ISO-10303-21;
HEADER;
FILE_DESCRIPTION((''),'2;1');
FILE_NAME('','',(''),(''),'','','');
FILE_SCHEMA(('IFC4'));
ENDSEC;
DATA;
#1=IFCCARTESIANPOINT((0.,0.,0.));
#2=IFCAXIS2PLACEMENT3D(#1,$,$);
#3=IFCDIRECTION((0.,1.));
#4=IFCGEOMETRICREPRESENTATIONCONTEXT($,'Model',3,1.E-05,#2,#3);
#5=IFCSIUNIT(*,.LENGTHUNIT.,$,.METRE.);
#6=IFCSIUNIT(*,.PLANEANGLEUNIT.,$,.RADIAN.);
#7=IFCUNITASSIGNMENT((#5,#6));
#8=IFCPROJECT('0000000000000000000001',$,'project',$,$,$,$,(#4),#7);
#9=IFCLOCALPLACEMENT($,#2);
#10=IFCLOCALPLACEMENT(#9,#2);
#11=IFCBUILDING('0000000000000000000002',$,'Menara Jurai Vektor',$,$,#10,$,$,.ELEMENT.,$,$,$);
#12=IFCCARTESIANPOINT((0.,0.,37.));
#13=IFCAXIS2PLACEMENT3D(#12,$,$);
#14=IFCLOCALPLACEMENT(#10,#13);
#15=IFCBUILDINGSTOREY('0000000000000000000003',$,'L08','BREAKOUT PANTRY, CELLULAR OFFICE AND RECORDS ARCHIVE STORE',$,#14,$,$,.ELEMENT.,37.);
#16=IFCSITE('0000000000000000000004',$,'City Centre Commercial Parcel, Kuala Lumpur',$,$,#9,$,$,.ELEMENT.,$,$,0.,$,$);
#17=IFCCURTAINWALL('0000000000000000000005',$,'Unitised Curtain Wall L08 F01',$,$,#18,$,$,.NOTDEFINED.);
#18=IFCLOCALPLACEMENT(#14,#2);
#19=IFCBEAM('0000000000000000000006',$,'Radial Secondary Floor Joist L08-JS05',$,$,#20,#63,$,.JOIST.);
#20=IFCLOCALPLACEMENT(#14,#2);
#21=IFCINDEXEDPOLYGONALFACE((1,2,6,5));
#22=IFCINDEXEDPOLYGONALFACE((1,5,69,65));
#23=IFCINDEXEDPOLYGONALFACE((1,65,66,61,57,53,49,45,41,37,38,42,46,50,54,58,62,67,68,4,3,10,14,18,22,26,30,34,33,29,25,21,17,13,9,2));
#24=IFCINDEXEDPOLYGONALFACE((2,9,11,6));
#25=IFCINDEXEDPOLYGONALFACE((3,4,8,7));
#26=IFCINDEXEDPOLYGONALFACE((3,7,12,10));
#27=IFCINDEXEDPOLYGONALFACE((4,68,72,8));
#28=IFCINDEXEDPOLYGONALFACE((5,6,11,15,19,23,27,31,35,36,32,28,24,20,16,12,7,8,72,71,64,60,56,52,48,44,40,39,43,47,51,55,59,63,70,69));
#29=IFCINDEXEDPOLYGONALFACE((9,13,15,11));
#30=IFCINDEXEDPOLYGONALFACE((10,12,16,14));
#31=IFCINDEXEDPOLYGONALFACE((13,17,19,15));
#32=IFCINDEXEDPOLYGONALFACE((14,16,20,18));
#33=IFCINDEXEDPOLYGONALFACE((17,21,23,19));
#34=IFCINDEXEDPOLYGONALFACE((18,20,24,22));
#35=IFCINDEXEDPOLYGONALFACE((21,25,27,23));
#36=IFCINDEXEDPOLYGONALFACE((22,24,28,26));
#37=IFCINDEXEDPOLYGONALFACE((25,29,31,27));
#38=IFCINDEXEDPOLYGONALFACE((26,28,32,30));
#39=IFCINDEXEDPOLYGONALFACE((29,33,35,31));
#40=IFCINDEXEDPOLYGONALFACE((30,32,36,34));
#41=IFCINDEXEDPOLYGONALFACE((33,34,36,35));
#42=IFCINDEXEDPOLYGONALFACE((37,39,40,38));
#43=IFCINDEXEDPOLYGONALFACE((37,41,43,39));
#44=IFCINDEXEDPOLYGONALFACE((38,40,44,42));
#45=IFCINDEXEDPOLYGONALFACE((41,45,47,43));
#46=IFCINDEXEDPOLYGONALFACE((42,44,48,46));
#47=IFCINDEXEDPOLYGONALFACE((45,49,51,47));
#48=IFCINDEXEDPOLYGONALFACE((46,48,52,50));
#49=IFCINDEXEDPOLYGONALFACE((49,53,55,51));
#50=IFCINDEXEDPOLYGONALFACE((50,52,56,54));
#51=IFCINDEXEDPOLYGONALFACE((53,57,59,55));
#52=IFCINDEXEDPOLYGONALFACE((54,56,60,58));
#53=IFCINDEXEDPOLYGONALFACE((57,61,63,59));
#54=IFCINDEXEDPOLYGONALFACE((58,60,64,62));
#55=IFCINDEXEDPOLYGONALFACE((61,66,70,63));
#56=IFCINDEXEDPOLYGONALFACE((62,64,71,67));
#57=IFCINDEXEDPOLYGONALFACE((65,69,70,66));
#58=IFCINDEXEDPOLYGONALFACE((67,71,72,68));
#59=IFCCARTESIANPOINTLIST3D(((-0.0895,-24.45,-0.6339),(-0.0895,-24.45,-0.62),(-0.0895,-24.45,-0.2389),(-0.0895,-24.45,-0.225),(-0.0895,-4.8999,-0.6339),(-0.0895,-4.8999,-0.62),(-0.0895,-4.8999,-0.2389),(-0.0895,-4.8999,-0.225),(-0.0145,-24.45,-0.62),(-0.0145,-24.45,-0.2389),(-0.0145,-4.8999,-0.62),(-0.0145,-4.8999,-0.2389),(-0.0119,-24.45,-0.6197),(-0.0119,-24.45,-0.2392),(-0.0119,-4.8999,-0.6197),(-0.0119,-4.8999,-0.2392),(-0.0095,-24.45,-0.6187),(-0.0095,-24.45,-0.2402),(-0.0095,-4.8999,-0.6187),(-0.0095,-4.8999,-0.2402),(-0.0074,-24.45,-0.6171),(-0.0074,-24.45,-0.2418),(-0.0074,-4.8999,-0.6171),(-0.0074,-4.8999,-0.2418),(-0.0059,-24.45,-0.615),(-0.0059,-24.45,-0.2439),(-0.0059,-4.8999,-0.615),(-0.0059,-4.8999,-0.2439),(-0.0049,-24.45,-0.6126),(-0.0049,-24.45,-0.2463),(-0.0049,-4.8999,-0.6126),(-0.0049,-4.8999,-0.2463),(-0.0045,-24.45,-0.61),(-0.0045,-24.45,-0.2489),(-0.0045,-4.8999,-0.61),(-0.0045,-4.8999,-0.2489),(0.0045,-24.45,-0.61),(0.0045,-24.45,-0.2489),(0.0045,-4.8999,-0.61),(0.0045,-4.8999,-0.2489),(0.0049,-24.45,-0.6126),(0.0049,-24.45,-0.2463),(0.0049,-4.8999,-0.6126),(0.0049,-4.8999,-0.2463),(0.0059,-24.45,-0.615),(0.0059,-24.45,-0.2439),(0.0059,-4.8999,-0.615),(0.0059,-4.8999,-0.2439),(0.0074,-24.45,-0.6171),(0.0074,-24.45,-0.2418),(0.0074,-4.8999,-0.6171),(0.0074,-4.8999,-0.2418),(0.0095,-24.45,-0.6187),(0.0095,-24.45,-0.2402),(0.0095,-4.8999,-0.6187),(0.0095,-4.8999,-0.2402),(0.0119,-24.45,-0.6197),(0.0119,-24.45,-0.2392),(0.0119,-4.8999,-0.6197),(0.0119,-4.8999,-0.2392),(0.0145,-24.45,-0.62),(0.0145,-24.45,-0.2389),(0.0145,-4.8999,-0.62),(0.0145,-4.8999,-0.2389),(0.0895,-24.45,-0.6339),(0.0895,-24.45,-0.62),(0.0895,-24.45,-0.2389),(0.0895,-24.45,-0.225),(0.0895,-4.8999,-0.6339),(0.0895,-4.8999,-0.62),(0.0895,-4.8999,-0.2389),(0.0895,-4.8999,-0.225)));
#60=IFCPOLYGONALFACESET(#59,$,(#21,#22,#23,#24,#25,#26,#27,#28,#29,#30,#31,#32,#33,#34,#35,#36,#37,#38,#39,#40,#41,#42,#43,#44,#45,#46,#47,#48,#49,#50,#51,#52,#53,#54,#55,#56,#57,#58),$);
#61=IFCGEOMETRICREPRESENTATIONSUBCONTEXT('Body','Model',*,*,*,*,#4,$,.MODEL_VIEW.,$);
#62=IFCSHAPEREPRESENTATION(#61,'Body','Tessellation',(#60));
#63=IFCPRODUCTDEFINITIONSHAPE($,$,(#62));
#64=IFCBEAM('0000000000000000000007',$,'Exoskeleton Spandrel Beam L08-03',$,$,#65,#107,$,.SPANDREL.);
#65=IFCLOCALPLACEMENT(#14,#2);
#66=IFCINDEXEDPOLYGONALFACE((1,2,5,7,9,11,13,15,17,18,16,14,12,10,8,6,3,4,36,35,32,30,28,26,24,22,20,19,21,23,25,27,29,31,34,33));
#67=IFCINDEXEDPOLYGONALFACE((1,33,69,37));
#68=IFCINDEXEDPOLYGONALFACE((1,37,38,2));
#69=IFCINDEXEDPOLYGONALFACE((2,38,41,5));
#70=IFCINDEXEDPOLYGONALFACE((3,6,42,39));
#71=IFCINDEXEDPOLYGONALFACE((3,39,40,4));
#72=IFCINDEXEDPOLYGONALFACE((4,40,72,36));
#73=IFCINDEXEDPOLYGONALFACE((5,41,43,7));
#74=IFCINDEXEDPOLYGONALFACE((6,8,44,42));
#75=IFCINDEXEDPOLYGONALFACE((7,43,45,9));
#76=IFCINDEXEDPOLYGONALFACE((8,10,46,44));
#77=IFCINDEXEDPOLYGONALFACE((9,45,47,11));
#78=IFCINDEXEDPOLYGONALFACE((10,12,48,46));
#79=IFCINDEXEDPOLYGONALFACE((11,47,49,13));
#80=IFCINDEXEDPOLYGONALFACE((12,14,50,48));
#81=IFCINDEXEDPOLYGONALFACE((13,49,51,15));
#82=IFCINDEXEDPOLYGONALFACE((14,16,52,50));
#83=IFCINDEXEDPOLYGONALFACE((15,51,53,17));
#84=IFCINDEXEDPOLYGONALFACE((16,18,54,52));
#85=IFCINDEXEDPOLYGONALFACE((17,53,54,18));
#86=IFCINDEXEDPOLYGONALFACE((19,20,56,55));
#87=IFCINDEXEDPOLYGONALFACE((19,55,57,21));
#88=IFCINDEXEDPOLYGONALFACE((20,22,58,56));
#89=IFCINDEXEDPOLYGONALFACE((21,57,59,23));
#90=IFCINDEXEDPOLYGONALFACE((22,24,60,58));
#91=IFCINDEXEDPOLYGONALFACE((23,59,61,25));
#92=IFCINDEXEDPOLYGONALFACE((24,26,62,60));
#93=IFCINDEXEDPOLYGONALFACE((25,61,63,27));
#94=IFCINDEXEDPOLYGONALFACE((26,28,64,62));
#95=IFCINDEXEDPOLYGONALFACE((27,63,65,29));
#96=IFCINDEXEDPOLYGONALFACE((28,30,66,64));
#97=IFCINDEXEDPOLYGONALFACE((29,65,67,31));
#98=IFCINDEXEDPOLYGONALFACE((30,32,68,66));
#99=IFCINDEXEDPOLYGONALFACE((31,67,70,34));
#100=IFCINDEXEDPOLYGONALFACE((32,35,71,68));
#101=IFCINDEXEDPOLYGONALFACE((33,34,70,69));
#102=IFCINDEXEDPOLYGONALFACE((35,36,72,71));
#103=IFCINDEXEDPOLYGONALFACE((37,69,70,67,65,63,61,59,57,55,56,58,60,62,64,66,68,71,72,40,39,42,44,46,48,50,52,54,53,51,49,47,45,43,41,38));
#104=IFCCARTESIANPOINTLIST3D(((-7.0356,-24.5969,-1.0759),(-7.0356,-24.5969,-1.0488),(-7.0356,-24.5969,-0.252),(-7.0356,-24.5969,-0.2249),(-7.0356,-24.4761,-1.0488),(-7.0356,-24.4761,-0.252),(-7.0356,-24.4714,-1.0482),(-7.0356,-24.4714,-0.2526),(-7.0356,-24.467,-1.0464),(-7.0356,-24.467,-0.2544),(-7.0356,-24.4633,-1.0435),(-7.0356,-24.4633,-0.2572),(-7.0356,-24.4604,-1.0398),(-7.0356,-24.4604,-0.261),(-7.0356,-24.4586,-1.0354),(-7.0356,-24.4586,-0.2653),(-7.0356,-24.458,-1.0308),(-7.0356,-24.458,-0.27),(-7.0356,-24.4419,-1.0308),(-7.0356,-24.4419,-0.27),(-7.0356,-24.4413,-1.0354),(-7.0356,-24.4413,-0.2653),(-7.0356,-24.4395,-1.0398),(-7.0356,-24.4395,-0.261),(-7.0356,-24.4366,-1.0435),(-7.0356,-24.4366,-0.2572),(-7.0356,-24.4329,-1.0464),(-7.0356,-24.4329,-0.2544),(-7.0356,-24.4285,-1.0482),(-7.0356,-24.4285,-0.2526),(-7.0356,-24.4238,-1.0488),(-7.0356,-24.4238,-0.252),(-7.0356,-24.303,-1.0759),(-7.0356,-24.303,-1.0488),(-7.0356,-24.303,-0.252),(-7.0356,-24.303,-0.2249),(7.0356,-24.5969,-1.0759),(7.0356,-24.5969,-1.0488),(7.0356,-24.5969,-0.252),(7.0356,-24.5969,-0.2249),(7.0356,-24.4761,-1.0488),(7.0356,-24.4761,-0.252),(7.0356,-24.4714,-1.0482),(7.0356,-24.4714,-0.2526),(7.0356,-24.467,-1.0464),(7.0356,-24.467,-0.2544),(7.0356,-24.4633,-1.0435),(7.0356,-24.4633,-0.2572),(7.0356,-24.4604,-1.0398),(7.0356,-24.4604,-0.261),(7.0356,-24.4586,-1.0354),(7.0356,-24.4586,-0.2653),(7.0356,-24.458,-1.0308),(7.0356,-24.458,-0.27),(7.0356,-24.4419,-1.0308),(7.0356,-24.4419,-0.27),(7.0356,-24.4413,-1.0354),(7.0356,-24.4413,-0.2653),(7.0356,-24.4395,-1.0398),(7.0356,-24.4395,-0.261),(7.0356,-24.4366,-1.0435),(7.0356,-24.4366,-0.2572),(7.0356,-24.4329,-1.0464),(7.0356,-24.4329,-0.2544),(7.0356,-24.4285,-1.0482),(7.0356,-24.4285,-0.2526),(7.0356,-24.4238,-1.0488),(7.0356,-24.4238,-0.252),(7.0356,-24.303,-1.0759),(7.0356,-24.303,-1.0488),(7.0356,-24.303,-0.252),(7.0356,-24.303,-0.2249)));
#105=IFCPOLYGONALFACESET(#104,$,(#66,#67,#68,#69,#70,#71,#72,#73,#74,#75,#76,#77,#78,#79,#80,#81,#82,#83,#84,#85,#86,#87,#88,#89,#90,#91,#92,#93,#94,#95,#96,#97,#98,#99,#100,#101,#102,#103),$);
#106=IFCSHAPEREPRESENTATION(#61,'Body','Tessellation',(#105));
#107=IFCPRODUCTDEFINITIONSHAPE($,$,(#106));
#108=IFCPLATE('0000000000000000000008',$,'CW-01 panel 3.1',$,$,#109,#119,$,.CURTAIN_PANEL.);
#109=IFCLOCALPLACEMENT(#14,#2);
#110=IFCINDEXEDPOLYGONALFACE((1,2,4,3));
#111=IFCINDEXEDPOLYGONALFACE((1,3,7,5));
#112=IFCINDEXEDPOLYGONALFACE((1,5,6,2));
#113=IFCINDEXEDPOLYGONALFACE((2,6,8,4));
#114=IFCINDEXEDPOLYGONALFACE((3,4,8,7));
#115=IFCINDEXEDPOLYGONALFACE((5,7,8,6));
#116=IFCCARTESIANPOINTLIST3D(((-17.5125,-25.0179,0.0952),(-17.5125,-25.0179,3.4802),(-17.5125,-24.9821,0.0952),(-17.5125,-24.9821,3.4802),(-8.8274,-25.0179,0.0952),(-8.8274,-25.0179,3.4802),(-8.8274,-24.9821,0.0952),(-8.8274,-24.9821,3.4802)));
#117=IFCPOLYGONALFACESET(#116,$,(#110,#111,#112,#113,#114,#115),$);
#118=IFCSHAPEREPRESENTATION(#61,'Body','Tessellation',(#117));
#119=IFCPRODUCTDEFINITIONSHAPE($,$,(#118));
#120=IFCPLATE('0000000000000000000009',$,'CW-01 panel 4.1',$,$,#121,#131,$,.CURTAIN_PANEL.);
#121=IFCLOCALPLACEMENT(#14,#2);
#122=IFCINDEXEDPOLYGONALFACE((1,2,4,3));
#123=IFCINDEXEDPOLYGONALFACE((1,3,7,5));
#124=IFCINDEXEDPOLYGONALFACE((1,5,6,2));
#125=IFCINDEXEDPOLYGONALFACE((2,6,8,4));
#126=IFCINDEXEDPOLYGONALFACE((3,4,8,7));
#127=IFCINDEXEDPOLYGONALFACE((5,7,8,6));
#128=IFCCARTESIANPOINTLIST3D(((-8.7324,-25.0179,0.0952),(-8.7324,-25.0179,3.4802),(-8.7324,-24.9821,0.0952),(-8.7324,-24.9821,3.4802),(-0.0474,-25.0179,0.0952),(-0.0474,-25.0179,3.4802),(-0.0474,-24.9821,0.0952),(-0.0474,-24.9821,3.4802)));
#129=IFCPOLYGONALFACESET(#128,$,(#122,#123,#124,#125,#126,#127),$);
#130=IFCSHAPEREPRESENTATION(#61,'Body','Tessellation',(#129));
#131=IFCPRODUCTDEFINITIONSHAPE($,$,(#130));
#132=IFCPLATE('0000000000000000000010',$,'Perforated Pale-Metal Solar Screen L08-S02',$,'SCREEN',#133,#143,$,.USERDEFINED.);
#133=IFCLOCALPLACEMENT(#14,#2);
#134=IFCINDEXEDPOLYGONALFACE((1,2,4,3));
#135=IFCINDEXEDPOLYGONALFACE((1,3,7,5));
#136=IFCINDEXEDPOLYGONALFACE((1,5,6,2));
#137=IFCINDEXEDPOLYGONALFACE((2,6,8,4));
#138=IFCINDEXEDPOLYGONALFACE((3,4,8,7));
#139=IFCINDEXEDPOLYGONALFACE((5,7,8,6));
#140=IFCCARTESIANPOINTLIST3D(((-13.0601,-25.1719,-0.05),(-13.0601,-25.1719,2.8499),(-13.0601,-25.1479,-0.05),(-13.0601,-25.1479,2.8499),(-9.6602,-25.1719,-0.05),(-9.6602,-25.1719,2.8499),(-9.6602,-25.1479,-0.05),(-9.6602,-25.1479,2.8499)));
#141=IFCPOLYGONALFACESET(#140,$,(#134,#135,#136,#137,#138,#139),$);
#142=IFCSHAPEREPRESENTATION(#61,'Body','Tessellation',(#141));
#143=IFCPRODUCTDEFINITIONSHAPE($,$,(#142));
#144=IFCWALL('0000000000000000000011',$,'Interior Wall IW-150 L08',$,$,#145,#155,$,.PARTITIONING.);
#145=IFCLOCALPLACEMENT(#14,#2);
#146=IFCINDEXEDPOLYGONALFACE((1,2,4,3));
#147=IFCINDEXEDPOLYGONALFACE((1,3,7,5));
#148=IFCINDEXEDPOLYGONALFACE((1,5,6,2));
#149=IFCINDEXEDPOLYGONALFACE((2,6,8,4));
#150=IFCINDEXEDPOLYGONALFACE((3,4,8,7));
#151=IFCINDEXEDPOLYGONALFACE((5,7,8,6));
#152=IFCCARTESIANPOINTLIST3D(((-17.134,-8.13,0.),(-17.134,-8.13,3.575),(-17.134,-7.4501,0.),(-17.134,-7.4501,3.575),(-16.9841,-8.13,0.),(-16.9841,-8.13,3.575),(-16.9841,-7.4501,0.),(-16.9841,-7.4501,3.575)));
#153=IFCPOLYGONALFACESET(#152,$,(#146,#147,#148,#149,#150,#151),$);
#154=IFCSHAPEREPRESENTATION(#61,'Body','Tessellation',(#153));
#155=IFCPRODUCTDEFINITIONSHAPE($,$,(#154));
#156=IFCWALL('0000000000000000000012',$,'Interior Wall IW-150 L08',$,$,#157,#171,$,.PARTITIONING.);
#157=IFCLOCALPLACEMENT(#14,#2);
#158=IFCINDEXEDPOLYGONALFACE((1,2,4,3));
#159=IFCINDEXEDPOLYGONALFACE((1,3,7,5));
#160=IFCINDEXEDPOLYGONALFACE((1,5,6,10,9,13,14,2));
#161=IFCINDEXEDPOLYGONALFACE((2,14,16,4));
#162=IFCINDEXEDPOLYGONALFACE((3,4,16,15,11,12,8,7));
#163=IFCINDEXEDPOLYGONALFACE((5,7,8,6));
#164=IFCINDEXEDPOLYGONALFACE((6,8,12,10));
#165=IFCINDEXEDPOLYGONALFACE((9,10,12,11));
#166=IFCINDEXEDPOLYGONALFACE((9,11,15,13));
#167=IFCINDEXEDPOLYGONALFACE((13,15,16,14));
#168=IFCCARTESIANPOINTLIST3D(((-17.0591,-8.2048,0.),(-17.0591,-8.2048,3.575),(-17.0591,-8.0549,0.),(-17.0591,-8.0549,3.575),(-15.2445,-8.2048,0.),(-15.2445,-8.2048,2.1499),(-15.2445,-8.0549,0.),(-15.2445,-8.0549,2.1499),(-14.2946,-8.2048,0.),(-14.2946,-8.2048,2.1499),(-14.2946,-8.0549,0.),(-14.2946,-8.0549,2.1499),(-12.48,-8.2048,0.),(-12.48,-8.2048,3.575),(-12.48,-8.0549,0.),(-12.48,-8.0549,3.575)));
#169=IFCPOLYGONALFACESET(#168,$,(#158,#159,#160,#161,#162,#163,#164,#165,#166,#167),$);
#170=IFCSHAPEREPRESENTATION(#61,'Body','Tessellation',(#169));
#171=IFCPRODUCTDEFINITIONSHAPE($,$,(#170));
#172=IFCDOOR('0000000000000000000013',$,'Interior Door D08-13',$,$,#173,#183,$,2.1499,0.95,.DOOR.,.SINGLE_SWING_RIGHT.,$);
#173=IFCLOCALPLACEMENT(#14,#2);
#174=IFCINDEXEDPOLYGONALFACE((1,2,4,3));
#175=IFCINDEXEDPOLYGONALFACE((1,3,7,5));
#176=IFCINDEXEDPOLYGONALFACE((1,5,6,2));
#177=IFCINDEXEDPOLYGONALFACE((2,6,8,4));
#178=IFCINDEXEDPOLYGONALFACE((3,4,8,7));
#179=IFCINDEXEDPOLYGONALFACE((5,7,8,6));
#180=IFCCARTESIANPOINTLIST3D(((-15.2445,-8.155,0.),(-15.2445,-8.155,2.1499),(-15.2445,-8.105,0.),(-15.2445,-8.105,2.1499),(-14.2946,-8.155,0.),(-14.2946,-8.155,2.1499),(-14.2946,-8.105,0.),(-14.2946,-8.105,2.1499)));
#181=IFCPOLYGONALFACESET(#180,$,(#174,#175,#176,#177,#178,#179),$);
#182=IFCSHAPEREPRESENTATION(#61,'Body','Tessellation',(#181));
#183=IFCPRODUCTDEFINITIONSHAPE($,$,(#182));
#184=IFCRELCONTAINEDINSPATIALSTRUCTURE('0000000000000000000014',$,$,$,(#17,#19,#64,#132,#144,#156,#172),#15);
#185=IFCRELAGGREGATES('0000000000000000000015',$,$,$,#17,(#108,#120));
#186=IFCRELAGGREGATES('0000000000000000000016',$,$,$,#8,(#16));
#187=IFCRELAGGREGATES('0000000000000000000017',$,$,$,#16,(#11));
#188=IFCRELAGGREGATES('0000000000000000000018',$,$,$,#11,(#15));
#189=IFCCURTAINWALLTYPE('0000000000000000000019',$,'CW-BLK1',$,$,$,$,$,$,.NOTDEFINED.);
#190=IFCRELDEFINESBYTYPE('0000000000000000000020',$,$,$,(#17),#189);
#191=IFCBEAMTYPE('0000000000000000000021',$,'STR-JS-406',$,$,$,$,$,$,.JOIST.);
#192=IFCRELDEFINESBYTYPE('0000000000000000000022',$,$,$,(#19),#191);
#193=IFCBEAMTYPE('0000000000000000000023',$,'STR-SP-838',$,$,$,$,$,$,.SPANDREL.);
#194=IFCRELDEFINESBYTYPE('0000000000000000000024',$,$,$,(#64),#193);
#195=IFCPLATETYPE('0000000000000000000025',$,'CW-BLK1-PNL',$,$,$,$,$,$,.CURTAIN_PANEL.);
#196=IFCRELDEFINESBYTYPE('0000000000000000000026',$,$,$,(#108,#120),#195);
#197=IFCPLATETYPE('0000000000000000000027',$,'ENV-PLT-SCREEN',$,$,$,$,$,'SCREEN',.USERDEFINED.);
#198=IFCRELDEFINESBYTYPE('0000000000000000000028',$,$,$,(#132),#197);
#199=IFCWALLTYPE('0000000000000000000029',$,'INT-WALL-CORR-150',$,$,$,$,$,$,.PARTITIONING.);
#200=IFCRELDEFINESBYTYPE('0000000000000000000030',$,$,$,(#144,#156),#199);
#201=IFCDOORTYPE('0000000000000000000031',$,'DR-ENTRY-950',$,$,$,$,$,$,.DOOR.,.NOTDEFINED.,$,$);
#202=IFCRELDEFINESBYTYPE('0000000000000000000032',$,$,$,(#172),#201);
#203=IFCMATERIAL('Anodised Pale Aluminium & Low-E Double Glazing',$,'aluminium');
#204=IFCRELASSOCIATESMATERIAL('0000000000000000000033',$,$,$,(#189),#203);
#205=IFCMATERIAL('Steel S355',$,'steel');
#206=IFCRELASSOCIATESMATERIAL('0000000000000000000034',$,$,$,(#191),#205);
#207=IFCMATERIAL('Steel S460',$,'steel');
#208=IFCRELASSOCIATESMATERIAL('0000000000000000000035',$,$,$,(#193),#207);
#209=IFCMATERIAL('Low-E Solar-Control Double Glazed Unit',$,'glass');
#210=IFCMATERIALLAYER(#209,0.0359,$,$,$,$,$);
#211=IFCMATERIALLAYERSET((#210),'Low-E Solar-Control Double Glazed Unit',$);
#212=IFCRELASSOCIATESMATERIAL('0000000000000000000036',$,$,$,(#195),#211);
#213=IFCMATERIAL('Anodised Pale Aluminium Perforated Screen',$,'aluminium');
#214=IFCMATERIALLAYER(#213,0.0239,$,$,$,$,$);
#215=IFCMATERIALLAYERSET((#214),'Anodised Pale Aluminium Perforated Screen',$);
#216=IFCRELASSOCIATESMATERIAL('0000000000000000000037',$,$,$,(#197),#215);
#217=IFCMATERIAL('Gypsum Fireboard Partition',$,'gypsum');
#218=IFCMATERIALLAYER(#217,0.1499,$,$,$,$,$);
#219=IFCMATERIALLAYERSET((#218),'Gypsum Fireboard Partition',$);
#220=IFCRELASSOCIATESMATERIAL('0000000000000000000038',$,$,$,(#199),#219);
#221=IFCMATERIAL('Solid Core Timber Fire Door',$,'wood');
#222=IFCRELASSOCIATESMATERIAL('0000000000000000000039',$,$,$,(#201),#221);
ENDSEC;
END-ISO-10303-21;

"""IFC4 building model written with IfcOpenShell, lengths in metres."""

from ifc_helpers import new_model, si_unit, direction, frame, frame_2d, origin, origin_2d, place, context, subcontext, project, spatial, rectangle, i_section, extrude, material, layer, layer_set, material_profile, profile_set, type_object, element, fill, aggregate, save


model = new_model("IFC4")

# Units and contexts
model_context = context("Model", 3, precision=1e-05, world=origin(), true_north=direction((0.0, 1.0)))
body_context = subcontext(model_context, "Body", "Model", "MODEL_VIEW")
ifc_project = project(units=[si_unit("LENGTHUNIT", "METRE"), si_unit("PLANEANGLEUNIT", "RADIAN")], contexts=[model_context])

# Site, building, storey
site_placement = place(None, origin())
site = spatial("IfcSite", under=ifc_project, at=site_placement, Name="City Centre Commercial Parcel, Kuala Lumpur", CompositionType="ELEMENT", RefElevation=0.0)
building_placement = place(site_placement, origin())
building = spatial("IfcBuilding", under=site, at=building_placement, Name="Menara Jurai Vektor", CompositionType="ELEMENT")
storey_placement = place(building_placement, frame((0.0, 0.0, 37.0)))
storey = spatial("IfcBuildingStorey", under=building, at=storey_placement, Name="L08", Description="BREAKOUT PANTRY, CELLULAR OFFICE AND RECORDS ARCHIVE STORE", CompositionType="ELEMENT", Elevation=37.0)

# Shared definitions
ifc_material_1 = material(Name="Steel S460", Category="steel")

# Curtain wall
ifc_material_2 = material(Name="Anodised Pale Aluminium & Low-E Double Glazing", Category="aluminium")
curtain_wall_type = type_object("IfcCurtainWallType", Name="CW-BLK1", PredefinedType="NOTDEFINED", material=ifc_material_2)
curtain_wall_placement = place(storey_placement, origin())
curtain_wall = element("IfcCurtainWall", 1, at=curtain_wall_placement, inside=storey, type_object=curtain_wall_type, Name="Unitised Curtain Wall L08 F01", PredefinedType="NOTDEFINED")

# Beams
ifc_material_3 = material(Name="Steel S355", Category="steel")
ifc_material_profile_1 = material_profile(ifc_material_3, i_section(OverallWidth=0.179, OverallDepth=0.4089, WebThickness=0.009, FlangeThickness=0.0139, FilletRadius=0.01, at=origin_2d()), Name="UKB 406x178x67")
ifc_profile_set_1 = profile_set([ifc_material_profile_1], Name="Steel S355")
beam_type_1 = type_object("IfcBeamType", Name="STR-JS-406", PredefinedType="JOIST", material=ifc_profile_set_1)
beam_1_placement = place(storey_placement, frame((0.0, -24.45, -0.4294), z_axis=(0.0, 1.0, 0.0), x_axis=(-1.0, 0.0, 0.0)))
element("IfcBeam", 2, at=beam_1_placement, inside=storey, type_object=beam_type_1, Name="Radial Secondary Floor Joist L08-JS05", PredefinedType="JOIST", context=body_context, shape_type="SweptSolid", body=[
    extrude(i_section(OverallWidth=0.179, OverallDepth=0.4089, WebThickness=0.009, FlangeThickness=0.0139, FilletRadius=0.01, at=origin_2d()), origin(), (0.0, 0.0, 1.0), 19.55),
])
ifc_material_profile_2 = material_profile(ifc_material_1, i_section(OverallWidth=0.2939, OverallDepth=0.8511, WebThickness=0.0161, FlangeThickness=0.0271, FilletRadius=0.0181, at=origin_2d()), Name="UKB 838x292x226")
ifc_profile_set_2 = profile_set([ifc_material_profile_2], Name="Steel S460")
beam_type_2 = type_object("IfcBeamType", Name="STR-SP-838", PredefinedType="SPANDREL", material=ifc_profile_set_2)
beam_2_placement = place(storey_placement, frame((-7.0356, -24.45, -0.6504), z_axis=(1.0, 0.0, 0.0), x_axis=(0.0, 1.0, 0.0)))
element("IfcBeam", 3, at=beam_2_placement, inside=storey, type_object=beam_type_2, Name="Exoskeleton Spandrel Beam L08-03", PredefinedType="SPANDREL", context=body_context, shape_type="SweptSolid", body=[
    extrude(i_section(OverallWidth=0.2939, OverallDepth=0.8511, WebThickness=0.0161, FlangeThickness=0.0271, FilletRadius=0.0181, at=origin_2d()), origin(), (0.0, 0.0, 1.0), 14.0713),
])

# Plates
ifc_material_4 = material(Name="Low-E Solar-Control Double Glazed Unit", Category="glass")
ifc_layer_1 = layer(ifc_material_4, 0.0359)
ifc_layer_set_1 = layer_set([ifc_layer_1], Name="Low-E Solar-Control Double Glazed Unit")
plate_type_1 = type_object("IfcPlateType", Name="CW-BLK1-PNL", PredefinedType="CURTAIN_PANEL", material=ifc_layer_set_1)
plate_1_placement = place(storey_placement, frame((-13.1699, -25.0, 0.0952), z_axis=(0.0, 0.0, 1.0), x_axis=(1.0, 0.0, 0.0)))
plate_1 = element("IfcPlate", 4, at=plate_1_placement, type_object=plate_type_1, Name="CW-01 panel 3.1", PredefinedType="CURTAIN_PANEL", context=body_context, shape_type="SweptSolid", body=[
    extrude(rectangle(XDim=8.6851, YDim=0.0359, at=origin_2d()), origin(), (0.0, 0.0, 1.0), 3.385),
])
plate_2_placement = place(storey_placement, frame((-4.3899, -25.0, 0.0952), z_axis=(0.0, 0.0, 1.0), x_axis=(1.0, 0.0, 0.0)))
plate_2 = element("IfcPlate", 5, at=plate_2_placement, type_object=plate_type_1, Name="CW-01 panel 4.1", PredefinedType="CURTAIN_PANEL", context=body_context, shape_type="SweptSolid", body=[
    extrude(rectangle(XDim=8.6851, YDim=0.0359, at=origin_2d()), origin(), (0.0, 0.0, 1.0), 3.385),
])
aggregate(curtain_wall, [plate_1, plate_2])
ifc_material_5 = material(Name="Anodised Pale Aluminium Perforated Screen", Category="aluminium")
ifc_layer_2 = layer(ifc_material_5, 0.0239)
ifc_layer_set_2 = layer_set([ifc_layer_2], Name="Anodised Pale Aluminium Perforated Screen")
plate_type_2 = type_object("IfcPlateType", Name="ENV-PLT-SCREEN", ElementType="SCREEN", PredefinedType="USERDEFINED", material=ifc_layer_set_2)
plate_3_placement = place(storey_placement, frame((-11.3601, -25.1599, -0.05), z_axis=(0.0, 0.0, 1.0), x_axis=(1.0, 0.0, 0.0)))
element("IfcPlate", 6, at=plate_3_placement, inside=storey, type_object=plate_type_2, Name="Perforated Pale-Metal Solar Screen L08-S02", ObjectType="SCREEN", PredefinedType="USERDEFINED", context=body_context, shape_type="SweptSolid", body=[
    extrude(rectangle(XDim=3.3999, YDim=0.0239, at=origin_2d()), origin(), (0.0, 0.0, 1.0), 2.8999),
])

# Wall
ifc_material_6 = material(Name="Gypsum Fireboard Partition", Category="gypsum")
ifc_layer_3 = layer(ifc_material_6, 0.1499)
ifc_layer_set_3 = layer_set([ifc_layer_3], Name="Gypsum Fireboard Partition")
wall_type_1 = type_object("IfcWallType", Name="INT-WALL-CORR-150", PredefinedType="PARTITIONING", material=ifc_layer_set_3)
wall_1_placement = place(storey_placement, frame((-17.0591, -8.1299, 0.0), z_axis=(0.0, 0.0, 1.0), x_axis=(0.0, 1.0, 0.0)))
element("IfcWall", 7, at=wall_1_placement, inside=storey, type_object=wall_type_1, Name="Interior Wall IW-150 L08", PredefinedType="PARTITIONING", context=body_context, shape_type="SweptSolid", body=[
    extrude(rectangle(XDim=0.6799, YDim=0.1499, at=frame_2d((0.3398, 0.0))), origin(), (0.0, 0.0, 1.0), 3.575),
])

# Wall, opening, door
wall_2_placement = place(storey_placement, frame((-17.0591, -8.1299, 0.0), z_axis=(0.0, 0.0, 1.0), x_axis=(1.0, 0.0, 0.0)))
wall_2 = element("IfcWall", 8, at=wall_2_placement, inside=storey, type_object=wall_type_1, Name="Interior Wall IW-150 L08", PredefinedType="PARTITIONING", context=body_context, shape_type="SweptSolid", body=[
    extrude(rectangle(XDim=4.5791, YDim=0.1499, at=frame_2d((2.2896, 0.0))), origin(), (0.0, 0.0, 1.0), 3.575),
])
opening_1_placement = place(wall_2_placement, frame((1.8145, 0.0, 0.0)))
opening_1 = element("IfcOpeningElement", 9, at=opening_1_placement, cuts=wall_2, PredefinedType="OPENING", context=body_context, shape_type="SweptSolid", body=[
    extrude(rectangle(XDim=0.95, YDim=2.1499, at=frame_2d((0.4751, 1.075))), frame((0.0, 0.085, 0.0), z_axis=(0.0, -1.0, 0.0), x_axis=(1.0, 0.0, 0.0)), (0.0, 0.0, 1.0), 0.1699),
])
ifc_material_7 = material(Name="Solid Core Timber Fire Door", Category="wood")
door_type = type_object("IfcDoorType", Name="DR-ENTRY-950", OperationType="NOTDEFINED", PredefinedType="DOOR", material=ifc_material_7)
door_1_placement = place(opening_1_placement, origin())
door_1 = element("IfcDoor", 10, at=door_1_placement, inside=storey, type_object=door_type, Name="Interior Door D08-13", OperationType="SINGLE_SWING_RIGHT", OverallHeight=2.1499, OverallWidth=0.95, PredefinedType="DOOR", context=body_context, shape_type="SweptSolid", body=[
    extrude(rectangle(XDim=0.95, YDim=2.1499, at=frame_2d((0.4751, 1.075))), frame((0.0, 0.0249, 0.0), z_axis=(0.0, -1.0, 0.0), x_axis=(1.0, 0.0, 0.0)), (0.0, 0.0, 1.0), 0.05),
])
fill(opening_1, door_1)

save(model, "model.ifc")
